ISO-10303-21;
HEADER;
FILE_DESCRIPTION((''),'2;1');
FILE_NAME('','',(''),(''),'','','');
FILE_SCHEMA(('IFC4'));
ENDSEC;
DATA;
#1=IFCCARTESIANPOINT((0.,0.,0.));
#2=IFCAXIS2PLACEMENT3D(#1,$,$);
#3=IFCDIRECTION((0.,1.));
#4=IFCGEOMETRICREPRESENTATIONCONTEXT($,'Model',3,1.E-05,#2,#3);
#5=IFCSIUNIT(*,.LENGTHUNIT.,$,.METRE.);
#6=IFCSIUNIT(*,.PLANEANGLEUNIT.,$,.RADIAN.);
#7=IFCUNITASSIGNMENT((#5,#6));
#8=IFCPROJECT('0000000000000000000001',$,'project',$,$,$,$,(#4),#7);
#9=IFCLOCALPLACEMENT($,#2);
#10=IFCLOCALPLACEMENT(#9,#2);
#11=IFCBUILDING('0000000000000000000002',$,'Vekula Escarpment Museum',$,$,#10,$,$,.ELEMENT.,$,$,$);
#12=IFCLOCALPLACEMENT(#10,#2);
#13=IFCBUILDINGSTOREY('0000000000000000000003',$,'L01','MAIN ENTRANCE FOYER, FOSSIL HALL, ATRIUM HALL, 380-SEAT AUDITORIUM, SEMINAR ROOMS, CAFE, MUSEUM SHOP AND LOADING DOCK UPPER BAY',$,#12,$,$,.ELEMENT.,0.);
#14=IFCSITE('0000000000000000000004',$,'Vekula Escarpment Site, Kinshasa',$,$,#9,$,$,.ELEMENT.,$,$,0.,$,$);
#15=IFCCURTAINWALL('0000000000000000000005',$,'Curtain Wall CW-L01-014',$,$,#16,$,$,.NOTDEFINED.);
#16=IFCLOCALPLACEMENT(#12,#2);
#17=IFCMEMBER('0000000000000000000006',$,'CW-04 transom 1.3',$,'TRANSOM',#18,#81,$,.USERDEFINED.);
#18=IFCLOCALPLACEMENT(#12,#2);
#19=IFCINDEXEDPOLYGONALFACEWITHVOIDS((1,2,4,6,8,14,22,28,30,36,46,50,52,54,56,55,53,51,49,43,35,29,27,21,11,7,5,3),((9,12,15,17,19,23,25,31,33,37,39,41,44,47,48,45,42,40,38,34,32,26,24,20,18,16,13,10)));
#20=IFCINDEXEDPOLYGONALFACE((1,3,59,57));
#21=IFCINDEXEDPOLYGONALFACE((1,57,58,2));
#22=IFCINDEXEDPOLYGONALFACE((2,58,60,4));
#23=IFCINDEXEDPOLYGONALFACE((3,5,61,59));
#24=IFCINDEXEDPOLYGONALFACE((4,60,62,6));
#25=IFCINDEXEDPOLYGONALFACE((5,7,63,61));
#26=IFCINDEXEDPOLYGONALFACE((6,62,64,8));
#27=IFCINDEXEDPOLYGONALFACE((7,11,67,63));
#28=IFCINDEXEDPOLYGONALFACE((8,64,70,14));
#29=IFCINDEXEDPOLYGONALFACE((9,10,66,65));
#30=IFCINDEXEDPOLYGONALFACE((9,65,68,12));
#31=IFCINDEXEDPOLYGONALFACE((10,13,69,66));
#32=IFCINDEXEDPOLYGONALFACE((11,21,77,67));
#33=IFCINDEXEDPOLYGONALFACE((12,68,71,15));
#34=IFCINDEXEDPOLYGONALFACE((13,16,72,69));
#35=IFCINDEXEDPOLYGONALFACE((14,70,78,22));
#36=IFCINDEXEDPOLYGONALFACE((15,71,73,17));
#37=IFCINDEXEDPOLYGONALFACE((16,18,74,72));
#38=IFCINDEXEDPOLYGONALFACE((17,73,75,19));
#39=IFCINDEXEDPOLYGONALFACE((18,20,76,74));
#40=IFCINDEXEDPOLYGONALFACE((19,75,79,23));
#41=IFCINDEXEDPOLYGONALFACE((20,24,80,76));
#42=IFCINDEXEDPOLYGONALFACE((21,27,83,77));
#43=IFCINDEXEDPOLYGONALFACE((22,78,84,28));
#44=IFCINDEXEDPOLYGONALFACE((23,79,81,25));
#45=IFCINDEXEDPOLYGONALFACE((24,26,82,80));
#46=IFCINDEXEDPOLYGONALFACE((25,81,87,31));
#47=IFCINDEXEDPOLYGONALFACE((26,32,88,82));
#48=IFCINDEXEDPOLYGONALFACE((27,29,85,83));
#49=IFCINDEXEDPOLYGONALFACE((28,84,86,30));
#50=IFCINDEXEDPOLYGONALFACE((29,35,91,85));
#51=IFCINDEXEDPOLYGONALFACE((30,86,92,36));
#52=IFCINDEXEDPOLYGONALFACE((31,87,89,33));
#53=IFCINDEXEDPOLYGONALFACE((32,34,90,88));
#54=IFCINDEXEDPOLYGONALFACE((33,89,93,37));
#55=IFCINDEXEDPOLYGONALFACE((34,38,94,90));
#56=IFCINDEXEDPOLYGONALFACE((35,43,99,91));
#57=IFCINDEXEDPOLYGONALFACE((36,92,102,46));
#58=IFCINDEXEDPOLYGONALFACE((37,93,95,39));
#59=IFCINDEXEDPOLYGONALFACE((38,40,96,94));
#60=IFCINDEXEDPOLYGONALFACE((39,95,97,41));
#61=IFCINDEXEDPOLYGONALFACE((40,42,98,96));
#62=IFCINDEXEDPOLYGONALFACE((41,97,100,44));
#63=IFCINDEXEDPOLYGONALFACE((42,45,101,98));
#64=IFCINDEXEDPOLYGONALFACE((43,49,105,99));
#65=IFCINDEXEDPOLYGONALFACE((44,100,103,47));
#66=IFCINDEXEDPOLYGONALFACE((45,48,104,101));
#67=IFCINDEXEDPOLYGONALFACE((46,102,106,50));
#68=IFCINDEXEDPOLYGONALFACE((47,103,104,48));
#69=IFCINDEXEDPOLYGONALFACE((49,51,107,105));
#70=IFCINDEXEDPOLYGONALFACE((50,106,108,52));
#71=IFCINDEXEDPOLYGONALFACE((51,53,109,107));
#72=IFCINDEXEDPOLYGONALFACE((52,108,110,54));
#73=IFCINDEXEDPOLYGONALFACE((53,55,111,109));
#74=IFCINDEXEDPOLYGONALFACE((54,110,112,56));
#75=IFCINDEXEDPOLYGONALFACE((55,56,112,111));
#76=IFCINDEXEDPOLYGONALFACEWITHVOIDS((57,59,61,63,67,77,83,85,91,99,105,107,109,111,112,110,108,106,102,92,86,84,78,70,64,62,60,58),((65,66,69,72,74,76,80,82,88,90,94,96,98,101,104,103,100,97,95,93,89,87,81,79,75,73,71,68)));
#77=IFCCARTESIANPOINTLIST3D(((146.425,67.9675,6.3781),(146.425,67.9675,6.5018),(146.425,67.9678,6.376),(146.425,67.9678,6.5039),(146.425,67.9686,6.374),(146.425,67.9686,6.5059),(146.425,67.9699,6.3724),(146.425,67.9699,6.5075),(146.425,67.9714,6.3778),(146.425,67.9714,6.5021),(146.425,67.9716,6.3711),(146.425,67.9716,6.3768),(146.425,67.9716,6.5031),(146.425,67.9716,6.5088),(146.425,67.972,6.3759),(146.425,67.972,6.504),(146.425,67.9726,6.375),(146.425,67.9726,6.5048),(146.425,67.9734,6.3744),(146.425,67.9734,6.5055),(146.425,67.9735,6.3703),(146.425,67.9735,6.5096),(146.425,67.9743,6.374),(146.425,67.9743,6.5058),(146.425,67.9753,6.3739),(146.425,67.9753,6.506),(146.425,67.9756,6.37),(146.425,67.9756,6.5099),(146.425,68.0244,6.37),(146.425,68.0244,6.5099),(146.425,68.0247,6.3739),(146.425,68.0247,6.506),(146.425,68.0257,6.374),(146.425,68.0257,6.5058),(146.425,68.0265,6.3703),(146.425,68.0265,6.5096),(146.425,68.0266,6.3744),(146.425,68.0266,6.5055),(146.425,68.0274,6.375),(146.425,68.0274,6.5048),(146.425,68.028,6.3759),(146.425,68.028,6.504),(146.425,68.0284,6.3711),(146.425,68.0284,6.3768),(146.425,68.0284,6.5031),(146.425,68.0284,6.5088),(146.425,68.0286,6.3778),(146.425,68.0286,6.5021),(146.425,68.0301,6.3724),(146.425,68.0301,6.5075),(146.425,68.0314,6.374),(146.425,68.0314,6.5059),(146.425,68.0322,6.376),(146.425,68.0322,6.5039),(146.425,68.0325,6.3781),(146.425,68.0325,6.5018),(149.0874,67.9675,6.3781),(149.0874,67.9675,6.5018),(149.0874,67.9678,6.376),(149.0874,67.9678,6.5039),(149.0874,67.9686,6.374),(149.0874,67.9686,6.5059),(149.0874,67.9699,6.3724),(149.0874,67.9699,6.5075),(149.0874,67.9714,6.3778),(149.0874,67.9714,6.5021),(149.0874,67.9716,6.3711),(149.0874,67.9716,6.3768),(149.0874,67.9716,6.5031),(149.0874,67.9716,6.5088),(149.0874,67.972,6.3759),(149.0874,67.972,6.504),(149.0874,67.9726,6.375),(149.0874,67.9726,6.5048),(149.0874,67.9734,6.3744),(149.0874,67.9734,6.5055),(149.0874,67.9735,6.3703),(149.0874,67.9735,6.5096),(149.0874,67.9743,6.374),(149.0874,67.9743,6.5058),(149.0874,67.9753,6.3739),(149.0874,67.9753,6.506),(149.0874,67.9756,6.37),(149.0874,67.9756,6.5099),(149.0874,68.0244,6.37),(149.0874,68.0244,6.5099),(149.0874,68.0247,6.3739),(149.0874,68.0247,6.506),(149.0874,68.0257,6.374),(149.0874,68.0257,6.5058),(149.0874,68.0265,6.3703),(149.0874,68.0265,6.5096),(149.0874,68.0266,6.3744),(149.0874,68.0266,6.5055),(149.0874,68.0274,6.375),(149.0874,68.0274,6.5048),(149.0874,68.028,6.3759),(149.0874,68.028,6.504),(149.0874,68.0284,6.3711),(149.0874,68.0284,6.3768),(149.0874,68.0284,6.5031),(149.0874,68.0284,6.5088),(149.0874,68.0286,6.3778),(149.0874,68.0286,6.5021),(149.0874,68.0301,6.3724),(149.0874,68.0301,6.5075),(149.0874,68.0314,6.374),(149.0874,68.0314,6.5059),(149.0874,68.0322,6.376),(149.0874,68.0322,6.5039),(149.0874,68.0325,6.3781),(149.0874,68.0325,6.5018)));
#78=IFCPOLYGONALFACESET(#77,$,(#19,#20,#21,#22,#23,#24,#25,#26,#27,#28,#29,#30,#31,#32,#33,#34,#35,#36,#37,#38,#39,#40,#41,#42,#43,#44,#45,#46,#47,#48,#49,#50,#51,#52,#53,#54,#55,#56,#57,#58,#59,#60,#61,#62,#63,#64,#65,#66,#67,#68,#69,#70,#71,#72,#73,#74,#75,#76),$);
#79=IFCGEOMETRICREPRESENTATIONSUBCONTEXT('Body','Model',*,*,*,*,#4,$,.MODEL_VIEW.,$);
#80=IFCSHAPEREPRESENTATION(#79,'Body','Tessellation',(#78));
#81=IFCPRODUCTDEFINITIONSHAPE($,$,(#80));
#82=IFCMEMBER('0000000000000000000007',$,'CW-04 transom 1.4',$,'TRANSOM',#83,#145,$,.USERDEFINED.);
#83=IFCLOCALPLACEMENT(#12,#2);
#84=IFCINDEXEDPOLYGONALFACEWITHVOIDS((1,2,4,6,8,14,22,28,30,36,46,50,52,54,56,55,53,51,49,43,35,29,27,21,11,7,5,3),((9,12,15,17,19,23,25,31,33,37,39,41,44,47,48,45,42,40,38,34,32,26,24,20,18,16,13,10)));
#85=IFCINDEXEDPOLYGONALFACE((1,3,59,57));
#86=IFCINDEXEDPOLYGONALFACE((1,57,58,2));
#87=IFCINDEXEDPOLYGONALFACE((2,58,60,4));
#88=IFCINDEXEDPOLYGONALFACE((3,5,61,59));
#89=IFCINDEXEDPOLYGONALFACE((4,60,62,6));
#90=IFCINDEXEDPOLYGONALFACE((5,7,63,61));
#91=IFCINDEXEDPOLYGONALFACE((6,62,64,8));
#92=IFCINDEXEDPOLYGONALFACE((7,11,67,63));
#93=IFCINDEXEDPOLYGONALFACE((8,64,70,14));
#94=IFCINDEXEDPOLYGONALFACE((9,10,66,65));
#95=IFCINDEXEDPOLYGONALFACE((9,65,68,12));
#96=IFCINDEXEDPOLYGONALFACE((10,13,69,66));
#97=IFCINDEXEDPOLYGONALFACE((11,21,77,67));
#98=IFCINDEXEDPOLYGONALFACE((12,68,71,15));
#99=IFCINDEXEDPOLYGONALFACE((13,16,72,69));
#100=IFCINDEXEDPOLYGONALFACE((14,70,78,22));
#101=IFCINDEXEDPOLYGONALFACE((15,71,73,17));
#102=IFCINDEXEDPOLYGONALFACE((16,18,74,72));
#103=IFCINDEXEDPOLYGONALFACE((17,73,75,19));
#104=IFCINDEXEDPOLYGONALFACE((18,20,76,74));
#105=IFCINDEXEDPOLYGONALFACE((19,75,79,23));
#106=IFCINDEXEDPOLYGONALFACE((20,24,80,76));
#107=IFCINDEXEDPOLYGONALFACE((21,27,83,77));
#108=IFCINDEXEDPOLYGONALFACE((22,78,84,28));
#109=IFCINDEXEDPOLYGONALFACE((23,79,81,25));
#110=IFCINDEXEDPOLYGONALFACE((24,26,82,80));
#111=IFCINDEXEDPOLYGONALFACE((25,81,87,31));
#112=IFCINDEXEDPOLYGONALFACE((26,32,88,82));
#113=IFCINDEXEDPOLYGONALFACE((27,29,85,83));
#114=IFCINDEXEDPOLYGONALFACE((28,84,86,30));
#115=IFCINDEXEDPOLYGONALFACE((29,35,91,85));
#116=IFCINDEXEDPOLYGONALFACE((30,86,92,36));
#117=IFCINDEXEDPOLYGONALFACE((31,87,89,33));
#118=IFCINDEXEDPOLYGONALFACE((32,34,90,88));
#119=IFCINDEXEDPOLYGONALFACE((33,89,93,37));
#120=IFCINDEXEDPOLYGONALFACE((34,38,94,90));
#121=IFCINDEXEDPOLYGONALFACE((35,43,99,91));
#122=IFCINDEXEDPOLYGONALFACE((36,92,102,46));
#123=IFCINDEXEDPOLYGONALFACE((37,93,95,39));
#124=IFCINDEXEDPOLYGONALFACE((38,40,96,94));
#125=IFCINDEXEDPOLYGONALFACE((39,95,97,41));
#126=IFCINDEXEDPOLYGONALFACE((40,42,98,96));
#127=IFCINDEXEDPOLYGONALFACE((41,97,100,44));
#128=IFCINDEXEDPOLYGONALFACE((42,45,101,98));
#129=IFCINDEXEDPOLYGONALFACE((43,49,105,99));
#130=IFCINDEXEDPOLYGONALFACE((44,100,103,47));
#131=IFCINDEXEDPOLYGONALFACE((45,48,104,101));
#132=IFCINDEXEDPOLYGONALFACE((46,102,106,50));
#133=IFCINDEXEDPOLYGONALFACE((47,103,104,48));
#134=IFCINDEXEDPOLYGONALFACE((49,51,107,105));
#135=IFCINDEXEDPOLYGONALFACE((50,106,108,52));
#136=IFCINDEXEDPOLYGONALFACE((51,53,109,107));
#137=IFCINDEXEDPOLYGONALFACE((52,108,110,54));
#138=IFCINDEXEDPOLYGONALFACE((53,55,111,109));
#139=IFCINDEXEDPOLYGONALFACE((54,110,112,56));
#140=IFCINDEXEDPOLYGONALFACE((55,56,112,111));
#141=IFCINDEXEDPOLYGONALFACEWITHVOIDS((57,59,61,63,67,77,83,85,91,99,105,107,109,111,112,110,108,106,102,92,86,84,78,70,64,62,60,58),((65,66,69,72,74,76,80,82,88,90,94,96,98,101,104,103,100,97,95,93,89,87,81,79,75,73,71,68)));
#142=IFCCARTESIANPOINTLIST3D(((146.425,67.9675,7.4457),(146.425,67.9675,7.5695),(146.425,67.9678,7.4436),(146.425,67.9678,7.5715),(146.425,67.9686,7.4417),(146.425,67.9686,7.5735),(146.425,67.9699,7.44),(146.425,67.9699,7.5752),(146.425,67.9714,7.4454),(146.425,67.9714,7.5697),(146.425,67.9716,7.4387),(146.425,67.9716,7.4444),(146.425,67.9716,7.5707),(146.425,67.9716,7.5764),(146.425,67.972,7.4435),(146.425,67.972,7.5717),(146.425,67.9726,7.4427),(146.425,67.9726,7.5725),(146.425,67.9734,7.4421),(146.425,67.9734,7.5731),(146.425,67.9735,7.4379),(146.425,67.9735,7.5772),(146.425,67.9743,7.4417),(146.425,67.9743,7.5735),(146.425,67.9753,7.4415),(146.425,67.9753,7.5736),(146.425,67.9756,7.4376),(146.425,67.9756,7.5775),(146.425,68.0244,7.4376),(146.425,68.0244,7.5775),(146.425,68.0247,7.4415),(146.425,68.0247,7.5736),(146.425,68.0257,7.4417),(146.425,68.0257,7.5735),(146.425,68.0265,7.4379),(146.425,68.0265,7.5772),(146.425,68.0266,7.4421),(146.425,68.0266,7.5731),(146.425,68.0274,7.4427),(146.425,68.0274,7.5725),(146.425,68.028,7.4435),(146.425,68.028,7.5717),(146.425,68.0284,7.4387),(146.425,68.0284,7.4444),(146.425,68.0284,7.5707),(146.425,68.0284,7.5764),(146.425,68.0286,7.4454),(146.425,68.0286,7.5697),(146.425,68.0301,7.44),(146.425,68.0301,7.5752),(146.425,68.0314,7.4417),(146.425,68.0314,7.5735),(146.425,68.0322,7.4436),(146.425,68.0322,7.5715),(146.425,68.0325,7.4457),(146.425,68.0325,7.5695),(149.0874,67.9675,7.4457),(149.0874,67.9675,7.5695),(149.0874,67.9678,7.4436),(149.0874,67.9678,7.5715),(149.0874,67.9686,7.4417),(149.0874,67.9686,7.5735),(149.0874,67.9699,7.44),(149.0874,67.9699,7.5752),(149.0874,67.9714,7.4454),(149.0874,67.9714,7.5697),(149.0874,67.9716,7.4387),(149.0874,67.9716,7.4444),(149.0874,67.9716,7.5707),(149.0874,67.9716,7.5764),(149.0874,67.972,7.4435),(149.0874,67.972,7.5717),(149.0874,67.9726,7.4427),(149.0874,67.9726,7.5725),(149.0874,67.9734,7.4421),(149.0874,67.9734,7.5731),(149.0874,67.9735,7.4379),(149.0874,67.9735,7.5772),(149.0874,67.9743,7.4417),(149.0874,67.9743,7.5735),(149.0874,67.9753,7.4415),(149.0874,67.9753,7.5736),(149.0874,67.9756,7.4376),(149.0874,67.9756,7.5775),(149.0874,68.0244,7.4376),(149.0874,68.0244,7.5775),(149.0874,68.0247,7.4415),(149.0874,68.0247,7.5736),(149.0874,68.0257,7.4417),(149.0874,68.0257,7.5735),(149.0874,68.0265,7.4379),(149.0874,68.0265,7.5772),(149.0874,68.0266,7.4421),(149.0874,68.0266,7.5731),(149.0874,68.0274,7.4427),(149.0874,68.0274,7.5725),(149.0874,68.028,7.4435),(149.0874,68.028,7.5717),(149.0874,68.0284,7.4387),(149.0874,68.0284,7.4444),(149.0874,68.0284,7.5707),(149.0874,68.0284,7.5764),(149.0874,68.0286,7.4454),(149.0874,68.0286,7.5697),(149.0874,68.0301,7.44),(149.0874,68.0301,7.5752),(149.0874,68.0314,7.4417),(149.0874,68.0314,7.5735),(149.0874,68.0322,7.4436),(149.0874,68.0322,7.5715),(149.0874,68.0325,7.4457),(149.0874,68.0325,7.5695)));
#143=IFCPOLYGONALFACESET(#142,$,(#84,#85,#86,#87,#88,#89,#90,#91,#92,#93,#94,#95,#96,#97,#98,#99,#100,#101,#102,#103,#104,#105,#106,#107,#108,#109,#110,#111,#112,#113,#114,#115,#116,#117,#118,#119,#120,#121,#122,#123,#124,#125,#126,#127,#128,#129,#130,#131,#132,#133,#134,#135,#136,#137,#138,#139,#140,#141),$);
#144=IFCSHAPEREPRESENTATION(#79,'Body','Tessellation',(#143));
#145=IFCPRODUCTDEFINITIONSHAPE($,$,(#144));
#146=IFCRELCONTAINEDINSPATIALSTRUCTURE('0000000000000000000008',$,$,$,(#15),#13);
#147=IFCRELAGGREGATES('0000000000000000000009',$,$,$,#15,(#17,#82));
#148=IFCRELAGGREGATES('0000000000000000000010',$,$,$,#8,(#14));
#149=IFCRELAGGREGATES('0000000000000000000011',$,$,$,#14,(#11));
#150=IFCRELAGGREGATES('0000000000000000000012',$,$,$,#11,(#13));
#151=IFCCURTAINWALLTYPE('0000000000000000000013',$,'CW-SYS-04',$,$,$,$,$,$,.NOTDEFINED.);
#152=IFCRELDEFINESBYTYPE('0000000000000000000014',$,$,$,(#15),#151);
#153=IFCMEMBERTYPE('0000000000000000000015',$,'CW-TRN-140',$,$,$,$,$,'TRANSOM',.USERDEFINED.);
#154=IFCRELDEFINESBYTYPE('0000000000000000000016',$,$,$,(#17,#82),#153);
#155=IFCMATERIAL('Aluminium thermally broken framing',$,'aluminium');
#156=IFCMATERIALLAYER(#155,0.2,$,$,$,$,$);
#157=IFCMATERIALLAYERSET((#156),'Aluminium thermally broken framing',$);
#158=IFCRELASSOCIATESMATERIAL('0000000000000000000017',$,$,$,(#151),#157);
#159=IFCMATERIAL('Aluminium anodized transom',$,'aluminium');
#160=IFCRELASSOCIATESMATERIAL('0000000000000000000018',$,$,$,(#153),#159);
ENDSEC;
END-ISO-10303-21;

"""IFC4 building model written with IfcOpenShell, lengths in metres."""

from ifc_helpers import new_model, si_unit, direction, frame, origin, origin_2d, place, context, subcontext, project, spatial, hollow_rectangle, extrude, material, layer, layer_set, material_profile, profile_set, type_object, element, aggregate, save


model = new_model("IFC4")

# Units and contexts
model_context = context("Model", 3, precision=1e-05, world=origin(), true_north=direction((0.0, 1.0)))
body_context = subcontext(model_context, "Body", "Model", "MODEL_VIEW")
ifc_project = project(units=[si_unit("LENGTHUNIT", "METRE"), si_unit("PLANEANGLEUNIT", "RADIAN")], contexts=[model_context])

# Site, building, storey
site_placement = place(None, origin())
site = spatial("IfcSite", under=ifc_project, at=site_placement, Name="Vekula Escarpment Site, Kinshasa", CompositionType="ELEMENT", RefElevation=0.0)
building_placement = place(site_placement, origin())
building = spatial("IfcBuilding", under=site, at=building_placement, Name="Vekula Escarpment Museum", CompositionType="ELEMENT")
storey_placement = place(building_placement, origin())
storey = spatial("IfcBuildingStorey", under=building, at=storey_placement, Name="L01", Description="MAIN ENTRANCE FOYER, FOSSIL HALL, ATRIUM HALL, 380-SEAT AUDITORIUM, SEMINAR ROOMS, CAFE, MUSEUM SHOP AND LOADING DOCK UPPER BAY", CompositionType="ELEMENT", Elevation=0.0)

# Curtain wall
ifc_material_1 = material(Name="Aluminium thermally broken framing", Category="aluminium")
ifc_layer_1 = layer(ifc_material_1, 0.2)
ifc_layer_set_1 = layer_set([ifc_layer_1], Name="Aluminium thermally broken framing")
curtain_wall_type_1 = type_object("IfcCurtainWallType", Name="CW-SYS-04", PredefinedType="NOTDEFINED", material=ifc_layer_set_1)
curtain_wall_1_placement = place(storey_placement, origin())
curtain_wall_1 = element("IfcCurtainWall", 1, at=curtain_wall_1_placement, inside=storey, type_object=curtain_wall_type_1, Name="Curtain Wall CW-L01-014", PredefinedType="NOTDEFINED")

# Members
ifc_material_2 = material(Name="Aluminium anodized transom", Category="aluminium")
ifc_material_profile_1 = material_profile(ifc_material_2, hollow_rectangle(XDim=0.0649, YDim=0.1399, WallThickness=0.0039, InnerFilletRadius=0.0039, OuterFilletRadius=0.0081, at=origin_2d()), Name="ALU 140x65x4")
ifc_profile_set_1 = profile_set([ifc_material_profile_1], Name="Aluminium anodized transom")
member_type_1 = type_object("IfcMemberType", Name="CW-TRN-140", ElementType="TRANSOM", PredefinedType="USERDEFINED", material=ifc_profile_set_1)
member_1_placement = place(storey_placement, frame((146.425, 68.0, 6.4399), z_axis=(1.0, 0.0, 0.0), x_axis=(0.0, 1.0, 0.0)))
member_1 = element("IfcMember", 2, at=member_1_placement, type_object=member_type_1, Name="CW-04 transom 1.3", ObjectType="TRANSOM", PredefinedType="USERDEFINED", context=body_context, shape_type="SweptSolid", body=[
    extrude(hollow_rectangle(XDim=0.0649, YDim=0.1399, WallThickness=0.0039, InnerFilletRadius=0.0039, OuterFilletRadius=0.0081, at=origin_2d()), origin(), (0.0, 0.0, 1.0), 2.6624),
])
member_2_placement = place(storey_placement, frame((146.425, 68.0, 7.5076), z_axis=(1.0, 0.0, 0.0), x_axis=(0.0, 1.0, 0.0)))
member_2 = element("IfcMember", 3, at=member_2_placement, type_object=member_type_1, Name="CW-04 transom 1.4", ObjectType="TRANSOM", PredefinedType="USERDEFINED", context=body_context, shape_type="SweptSolid", body=[
    extrude(hollow_rectangle(XDim=0.0649, YDim=0.1399, WallThickness=0.0039, InnerFilletRadius=0.0039, OuterFilletRadius=0.0081, at=origin_2d()), origin(), (0.0, 0.0, 1.0), 2.6624),
])

aggregate(curtain_wall_1, [member_1, member_2])

save(model, "model.ifc")
